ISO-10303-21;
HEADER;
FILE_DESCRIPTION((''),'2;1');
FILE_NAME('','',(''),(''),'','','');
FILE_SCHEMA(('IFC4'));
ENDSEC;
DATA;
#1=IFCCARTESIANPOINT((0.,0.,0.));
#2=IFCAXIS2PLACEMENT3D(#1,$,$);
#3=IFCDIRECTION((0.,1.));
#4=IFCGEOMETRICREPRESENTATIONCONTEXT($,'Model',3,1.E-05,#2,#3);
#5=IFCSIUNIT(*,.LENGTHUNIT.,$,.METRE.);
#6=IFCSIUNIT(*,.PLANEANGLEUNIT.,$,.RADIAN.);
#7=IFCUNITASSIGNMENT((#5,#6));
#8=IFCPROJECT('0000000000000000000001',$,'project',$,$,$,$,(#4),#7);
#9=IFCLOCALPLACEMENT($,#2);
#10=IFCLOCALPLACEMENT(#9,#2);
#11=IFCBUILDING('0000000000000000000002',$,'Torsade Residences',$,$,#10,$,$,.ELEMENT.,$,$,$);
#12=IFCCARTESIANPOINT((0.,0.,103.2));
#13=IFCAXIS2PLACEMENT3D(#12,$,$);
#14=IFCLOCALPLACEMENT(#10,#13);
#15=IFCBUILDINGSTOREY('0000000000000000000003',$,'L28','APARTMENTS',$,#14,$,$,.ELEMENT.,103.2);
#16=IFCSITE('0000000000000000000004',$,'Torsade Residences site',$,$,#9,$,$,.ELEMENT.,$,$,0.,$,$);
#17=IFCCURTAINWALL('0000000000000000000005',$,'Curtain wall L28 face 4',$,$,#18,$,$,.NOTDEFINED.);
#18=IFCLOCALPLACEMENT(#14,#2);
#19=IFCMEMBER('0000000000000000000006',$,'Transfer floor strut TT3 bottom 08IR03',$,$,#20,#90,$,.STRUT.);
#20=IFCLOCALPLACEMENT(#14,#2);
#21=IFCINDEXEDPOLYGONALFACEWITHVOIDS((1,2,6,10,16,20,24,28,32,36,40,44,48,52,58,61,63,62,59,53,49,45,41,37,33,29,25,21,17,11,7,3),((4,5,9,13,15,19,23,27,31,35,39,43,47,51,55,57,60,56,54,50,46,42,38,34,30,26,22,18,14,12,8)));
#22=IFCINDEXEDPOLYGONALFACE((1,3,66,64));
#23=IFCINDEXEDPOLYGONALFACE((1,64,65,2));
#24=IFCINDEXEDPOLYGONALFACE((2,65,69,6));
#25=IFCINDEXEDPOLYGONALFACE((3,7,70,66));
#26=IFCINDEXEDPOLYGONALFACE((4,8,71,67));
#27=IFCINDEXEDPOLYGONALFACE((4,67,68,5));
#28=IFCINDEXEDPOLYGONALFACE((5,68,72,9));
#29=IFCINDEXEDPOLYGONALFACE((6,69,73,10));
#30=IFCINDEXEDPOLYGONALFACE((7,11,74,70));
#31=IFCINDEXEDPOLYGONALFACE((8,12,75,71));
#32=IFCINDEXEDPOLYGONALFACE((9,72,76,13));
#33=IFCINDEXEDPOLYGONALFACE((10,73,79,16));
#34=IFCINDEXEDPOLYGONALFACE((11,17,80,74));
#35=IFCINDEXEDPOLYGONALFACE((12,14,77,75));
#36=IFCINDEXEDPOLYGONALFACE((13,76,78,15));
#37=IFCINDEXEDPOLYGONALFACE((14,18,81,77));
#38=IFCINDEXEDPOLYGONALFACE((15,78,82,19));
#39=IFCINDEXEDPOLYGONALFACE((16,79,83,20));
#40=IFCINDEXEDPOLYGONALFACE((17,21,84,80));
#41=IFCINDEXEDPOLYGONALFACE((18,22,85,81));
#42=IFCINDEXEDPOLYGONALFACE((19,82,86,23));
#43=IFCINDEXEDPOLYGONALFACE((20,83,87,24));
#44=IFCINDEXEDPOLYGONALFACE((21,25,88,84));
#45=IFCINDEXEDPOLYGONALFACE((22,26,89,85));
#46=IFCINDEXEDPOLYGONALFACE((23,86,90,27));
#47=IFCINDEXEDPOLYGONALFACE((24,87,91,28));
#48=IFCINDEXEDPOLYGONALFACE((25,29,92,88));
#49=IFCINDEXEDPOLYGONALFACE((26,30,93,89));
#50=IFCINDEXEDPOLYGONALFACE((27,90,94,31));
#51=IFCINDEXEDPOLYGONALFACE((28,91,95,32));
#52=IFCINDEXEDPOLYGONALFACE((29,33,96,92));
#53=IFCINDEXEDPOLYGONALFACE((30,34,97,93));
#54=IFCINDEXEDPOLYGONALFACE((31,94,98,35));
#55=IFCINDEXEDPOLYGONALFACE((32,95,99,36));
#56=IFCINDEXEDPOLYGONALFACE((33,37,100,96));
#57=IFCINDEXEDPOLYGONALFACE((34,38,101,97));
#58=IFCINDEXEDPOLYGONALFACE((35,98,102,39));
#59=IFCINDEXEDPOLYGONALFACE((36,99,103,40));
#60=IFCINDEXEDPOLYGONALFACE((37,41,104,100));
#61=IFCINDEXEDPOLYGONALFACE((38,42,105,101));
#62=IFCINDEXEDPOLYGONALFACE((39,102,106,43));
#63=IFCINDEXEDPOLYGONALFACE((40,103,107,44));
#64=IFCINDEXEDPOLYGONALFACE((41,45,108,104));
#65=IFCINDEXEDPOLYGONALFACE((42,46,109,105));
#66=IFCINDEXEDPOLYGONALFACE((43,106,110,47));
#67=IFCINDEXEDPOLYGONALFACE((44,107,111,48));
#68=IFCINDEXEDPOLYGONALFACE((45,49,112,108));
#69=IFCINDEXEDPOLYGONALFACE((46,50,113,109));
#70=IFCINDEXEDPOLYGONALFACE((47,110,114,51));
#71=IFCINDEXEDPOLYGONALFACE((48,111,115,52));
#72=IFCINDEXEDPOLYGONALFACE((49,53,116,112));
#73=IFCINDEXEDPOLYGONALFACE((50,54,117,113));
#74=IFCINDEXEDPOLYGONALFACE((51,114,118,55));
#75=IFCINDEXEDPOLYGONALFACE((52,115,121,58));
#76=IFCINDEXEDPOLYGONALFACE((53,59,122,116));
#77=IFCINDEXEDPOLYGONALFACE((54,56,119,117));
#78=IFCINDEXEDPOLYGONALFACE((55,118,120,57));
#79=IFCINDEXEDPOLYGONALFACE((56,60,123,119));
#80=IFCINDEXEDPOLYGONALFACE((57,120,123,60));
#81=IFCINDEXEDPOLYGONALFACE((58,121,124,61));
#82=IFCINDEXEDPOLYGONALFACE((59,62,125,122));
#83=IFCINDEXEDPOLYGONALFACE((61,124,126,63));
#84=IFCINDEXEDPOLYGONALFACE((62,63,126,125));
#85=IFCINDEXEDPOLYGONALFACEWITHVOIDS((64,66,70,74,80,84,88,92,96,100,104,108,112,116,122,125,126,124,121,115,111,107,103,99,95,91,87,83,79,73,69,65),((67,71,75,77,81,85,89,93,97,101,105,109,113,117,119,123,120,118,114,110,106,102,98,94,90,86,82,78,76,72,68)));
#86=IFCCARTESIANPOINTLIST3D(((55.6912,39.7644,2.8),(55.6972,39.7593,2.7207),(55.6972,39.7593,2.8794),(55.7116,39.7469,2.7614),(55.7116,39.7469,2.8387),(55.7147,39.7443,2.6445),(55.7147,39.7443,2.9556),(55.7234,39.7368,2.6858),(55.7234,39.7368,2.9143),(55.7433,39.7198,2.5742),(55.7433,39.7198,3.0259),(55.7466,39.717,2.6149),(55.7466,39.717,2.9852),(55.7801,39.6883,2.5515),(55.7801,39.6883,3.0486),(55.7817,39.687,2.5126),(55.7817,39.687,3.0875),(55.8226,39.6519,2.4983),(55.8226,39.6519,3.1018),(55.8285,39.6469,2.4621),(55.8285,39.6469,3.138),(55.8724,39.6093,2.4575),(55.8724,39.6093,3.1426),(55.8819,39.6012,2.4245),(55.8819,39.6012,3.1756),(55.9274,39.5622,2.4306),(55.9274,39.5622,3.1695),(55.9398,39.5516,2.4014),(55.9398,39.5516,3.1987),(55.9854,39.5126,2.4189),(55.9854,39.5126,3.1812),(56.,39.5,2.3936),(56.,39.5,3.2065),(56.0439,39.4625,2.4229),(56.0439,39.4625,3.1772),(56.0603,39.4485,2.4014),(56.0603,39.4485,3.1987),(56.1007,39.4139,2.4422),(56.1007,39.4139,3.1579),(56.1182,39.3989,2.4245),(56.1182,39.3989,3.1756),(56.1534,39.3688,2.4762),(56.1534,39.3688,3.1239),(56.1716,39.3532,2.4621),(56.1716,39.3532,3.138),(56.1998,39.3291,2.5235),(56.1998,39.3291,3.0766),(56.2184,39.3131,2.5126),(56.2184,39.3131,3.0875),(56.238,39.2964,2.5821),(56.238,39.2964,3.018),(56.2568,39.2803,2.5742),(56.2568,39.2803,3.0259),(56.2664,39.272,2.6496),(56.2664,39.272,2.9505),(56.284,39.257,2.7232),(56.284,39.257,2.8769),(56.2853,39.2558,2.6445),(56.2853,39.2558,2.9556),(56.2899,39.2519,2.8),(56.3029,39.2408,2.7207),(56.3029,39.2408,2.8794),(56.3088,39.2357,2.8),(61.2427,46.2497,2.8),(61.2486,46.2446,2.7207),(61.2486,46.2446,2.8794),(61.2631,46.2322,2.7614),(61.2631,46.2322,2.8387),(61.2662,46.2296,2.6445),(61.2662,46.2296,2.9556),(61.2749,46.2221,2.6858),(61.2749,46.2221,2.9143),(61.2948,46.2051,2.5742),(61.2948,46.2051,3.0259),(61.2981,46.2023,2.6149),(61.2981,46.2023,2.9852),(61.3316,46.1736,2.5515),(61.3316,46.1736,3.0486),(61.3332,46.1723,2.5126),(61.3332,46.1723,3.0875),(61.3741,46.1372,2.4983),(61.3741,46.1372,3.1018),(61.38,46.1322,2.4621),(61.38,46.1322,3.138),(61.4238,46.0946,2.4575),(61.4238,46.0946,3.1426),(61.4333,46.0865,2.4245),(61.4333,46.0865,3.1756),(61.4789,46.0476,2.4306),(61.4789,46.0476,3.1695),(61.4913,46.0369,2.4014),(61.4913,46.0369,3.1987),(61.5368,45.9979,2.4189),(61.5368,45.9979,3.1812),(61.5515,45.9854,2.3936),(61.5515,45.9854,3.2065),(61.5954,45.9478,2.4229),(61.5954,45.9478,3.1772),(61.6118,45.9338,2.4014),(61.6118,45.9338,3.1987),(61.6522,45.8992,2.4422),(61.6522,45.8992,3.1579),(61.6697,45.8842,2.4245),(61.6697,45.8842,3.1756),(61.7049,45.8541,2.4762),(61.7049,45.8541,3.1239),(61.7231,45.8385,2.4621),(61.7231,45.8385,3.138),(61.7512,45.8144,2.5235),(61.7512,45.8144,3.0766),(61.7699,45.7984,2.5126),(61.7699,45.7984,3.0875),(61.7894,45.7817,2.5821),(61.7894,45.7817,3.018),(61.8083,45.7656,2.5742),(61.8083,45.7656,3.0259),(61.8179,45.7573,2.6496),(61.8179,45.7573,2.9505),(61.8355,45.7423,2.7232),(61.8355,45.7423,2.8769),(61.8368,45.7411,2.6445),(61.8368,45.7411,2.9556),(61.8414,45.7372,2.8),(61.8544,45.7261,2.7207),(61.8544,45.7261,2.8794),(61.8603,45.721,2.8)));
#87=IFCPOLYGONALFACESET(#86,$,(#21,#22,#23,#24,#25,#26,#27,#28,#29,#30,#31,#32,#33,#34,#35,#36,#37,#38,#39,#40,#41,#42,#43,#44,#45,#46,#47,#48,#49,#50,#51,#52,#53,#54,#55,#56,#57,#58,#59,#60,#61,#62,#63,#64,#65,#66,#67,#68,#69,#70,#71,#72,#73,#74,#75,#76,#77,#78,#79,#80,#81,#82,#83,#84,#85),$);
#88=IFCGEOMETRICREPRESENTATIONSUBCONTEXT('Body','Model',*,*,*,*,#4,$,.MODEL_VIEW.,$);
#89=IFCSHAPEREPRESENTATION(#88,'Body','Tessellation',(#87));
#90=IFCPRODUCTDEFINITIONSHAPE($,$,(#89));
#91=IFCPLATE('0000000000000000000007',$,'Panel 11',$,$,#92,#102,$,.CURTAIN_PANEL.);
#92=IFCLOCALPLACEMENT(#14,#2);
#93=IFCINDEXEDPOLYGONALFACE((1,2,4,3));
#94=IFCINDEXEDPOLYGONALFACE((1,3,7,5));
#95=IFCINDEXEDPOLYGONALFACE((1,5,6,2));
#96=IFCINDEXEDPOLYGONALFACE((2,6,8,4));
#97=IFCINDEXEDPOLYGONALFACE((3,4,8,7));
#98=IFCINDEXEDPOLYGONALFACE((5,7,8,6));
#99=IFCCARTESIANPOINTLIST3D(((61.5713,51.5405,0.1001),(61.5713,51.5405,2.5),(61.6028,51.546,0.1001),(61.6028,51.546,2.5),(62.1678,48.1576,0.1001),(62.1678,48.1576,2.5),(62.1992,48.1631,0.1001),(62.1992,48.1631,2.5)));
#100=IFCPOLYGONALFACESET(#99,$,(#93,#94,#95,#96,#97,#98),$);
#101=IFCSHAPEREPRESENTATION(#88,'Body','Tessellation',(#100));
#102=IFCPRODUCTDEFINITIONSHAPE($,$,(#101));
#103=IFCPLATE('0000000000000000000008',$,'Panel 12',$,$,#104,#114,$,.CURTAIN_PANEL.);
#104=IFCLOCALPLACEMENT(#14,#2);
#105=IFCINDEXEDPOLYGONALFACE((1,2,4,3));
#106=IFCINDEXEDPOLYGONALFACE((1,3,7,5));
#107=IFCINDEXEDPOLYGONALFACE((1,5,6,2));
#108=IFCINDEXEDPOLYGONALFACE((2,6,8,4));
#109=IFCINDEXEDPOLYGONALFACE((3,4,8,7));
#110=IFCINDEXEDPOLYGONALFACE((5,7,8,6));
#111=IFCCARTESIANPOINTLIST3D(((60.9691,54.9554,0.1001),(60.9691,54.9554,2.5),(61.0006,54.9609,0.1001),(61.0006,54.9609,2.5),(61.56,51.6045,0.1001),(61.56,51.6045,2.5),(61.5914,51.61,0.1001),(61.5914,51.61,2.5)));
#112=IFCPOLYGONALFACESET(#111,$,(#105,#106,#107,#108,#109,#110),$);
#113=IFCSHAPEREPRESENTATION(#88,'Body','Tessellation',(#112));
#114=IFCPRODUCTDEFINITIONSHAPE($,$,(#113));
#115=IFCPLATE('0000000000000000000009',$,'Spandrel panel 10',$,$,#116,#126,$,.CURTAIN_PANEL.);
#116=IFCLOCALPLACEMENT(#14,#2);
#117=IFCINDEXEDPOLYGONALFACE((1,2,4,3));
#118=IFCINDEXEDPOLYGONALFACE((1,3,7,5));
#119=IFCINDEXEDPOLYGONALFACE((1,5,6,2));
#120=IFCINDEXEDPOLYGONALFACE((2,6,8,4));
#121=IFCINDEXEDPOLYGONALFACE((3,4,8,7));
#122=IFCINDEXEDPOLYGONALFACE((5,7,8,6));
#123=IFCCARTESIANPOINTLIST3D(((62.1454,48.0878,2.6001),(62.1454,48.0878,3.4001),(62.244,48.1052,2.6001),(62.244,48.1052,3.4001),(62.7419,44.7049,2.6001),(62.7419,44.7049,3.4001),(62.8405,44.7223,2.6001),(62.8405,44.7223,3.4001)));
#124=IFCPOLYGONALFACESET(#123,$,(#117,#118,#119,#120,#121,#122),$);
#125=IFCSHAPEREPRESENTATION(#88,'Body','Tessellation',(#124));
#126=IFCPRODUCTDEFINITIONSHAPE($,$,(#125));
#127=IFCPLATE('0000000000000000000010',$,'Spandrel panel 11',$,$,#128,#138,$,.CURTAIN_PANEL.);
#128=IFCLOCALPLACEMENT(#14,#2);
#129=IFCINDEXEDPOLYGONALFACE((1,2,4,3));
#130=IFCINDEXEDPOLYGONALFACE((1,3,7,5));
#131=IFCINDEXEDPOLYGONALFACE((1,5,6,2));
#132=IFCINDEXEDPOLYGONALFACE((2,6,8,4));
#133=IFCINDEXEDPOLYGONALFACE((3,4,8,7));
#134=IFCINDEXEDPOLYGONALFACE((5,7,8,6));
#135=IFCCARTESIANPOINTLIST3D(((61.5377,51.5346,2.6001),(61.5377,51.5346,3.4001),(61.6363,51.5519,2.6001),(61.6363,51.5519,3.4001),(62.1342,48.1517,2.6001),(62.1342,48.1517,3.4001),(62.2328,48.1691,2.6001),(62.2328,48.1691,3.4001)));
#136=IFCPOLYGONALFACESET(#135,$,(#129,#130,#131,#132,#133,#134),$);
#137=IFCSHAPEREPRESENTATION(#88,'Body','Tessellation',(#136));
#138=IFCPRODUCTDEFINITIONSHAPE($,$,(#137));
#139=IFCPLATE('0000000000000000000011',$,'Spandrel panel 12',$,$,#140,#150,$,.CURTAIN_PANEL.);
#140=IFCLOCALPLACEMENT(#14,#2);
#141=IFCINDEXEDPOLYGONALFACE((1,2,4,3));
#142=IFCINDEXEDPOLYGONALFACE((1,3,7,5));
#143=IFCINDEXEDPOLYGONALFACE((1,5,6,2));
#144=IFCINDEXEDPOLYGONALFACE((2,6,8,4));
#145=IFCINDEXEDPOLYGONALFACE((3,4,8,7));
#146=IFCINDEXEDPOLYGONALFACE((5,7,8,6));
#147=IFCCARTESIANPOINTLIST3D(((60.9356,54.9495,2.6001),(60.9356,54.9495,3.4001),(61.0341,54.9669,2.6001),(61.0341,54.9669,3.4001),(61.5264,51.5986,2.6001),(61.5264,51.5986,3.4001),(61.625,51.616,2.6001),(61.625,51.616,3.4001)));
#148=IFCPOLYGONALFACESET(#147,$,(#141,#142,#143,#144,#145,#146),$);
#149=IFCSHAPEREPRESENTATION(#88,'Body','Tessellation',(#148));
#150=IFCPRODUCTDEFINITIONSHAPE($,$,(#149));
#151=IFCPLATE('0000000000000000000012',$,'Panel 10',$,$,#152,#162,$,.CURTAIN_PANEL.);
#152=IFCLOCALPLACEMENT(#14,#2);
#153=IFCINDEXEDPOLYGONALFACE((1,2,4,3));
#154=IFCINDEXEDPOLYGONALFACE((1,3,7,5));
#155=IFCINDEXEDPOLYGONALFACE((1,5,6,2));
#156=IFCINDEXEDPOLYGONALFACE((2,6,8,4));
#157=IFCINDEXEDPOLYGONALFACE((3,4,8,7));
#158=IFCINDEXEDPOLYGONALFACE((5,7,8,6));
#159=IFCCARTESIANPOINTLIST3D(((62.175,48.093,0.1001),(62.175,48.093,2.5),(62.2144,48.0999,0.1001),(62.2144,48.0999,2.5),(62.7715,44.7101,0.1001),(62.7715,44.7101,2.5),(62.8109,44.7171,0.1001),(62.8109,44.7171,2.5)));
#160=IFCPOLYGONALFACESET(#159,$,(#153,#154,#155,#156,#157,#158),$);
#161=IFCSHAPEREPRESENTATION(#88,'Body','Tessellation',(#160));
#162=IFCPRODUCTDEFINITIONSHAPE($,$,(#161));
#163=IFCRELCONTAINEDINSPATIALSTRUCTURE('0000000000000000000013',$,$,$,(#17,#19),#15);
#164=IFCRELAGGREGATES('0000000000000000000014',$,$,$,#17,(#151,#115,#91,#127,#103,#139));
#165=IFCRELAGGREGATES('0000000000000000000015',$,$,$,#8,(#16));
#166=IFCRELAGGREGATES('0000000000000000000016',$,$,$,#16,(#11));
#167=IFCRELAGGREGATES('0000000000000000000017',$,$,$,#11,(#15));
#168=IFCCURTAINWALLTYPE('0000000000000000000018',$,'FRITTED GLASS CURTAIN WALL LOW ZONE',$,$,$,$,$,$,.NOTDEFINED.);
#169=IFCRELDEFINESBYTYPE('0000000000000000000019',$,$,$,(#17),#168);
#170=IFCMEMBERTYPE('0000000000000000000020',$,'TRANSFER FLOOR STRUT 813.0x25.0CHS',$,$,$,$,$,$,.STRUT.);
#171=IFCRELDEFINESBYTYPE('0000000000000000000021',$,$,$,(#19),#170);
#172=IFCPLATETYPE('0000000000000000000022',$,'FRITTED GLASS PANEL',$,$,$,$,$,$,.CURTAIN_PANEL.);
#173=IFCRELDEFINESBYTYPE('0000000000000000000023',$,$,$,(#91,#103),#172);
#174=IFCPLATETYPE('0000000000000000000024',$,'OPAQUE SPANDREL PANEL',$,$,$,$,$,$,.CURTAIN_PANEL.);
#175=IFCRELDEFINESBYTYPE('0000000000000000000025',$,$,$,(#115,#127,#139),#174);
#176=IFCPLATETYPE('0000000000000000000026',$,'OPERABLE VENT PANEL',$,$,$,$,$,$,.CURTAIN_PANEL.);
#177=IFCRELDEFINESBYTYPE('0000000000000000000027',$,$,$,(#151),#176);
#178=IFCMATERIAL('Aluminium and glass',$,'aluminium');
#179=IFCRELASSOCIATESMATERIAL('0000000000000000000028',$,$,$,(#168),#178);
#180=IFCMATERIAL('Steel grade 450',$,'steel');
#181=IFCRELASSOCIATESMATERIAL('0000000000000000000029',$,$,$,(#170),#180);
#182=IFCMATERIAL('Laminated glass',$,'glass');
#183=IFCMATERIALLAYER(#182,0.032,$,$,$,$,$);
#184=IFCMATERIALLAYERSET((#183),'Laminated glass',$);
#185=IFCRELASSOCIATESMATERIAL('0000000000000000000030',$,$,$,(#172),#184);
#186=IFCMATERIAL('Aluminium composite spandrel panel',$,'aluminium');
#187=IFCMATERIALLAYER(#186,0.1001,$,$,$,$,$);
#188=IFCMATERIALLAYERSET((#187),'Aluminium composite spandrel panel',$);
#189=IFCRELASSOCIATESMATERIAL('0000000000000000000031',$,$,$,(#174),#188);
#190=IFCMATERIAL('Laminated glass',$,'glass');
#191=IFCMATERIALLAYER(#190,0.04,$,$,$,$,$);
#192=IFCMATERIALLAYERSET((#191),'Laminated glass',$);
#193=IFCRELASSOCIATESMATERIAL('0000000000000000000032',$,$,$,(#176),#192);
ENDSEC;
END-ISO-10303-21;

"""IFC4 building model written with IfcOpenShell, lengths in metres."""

from ifc_helpers import new_model, si_unit, direction, frame, origin, origin_2d, place, context, subcontext, project, spatial, rectangle, hollow_circle, extrude, material, layer, layer_set, material_profile, profile_set, type_object, element, aggregate, save


model = new_model("IFC4")

# Units and contexts
model_context = context("Model", 3, precision=1e-05, world=origin(), true_north=direction((0.0, 1.0)))
body_context = subcontext(model_context, "Body", "Model", "MODEL_VIEW")
ifc_project = project(units=[si_unit("LENGTHUNIT", "METRE"), si_unit("PLANEANGLEUNIT", "RADIAN")], contexts=[model_context])

# Site, building, storey
site_placement = place(None, origin())
site = spatial("IfcSite", under=ifc_project, at=site_placement, Name="Torsade Residences site", CompositionType="ELEMENT", RefElevation=0.0)
building_placement = place(site_placement, origin())
building = spatial("IfcBuilding", under=site, at=building_placement, Name="Torsade Residences", CompositionType="ELEMENT")
storey_placement = place(building_placement, frame((0.0, 0.0, 103.2)))
storey = spatial("IfcBuildingStorey", under=building, at=storey_placement, Name="L28", Description="APARTMENTS", CompositionType="ELEMENT", Elevation=103.2)

# Curtain wall
ifc_material_1 = material(Name="Aluminium and glass", Category="aluminium")
curtain_wall_type = type_object("IfcCurtainWallType", Name="FRITTED GLASS CURTAIN WALL LOW ZONE", PredefinedType="NOTDEFINED", material=ifc_material_1)
curtain_wall_placement = place(storey_placement, origin())
curtain_wall = element("IfcCurtainWall", 1, at=curtain_wall_placement, inside=storey, type_object=curtain_wall_type, Name="Curtain wall L28 face 4", PredefinedType="NOTDEFINED")

# Member
ifc_material_2 = material(Name="Steel grade 450", Category="steel")
ifc_material_profile_1 = material_profile(ifc_material_2, hollow_circle(Radius=0.4065, WallThickness=0.0249, at=origin_2d()), Name="813.0x25.0CHS")
ifc_profile_set_1 = profile_set([ifc_material_profile_1], Name="Steel grade 450")
member_type_1 = type_object("IfcMemberType", Name="TRANSFER FLOOR STRUT 813.0x25.0CHS", PredefinedType="STRUT", material=ifc_profile_set_1)
member_1_placement = place(storey_placement, frame((61.5515, 45.9854, 2.8), z_axis=(-0.650294, -0.759682, 0.0), x_axis=(0.759682, -0.650294, 0.0)))
element("IfcMember", 2, at=member_1_placement, inside=storey, type_object=member_type_1, Name="Transfer floor strut TT3 bottom 08IR03", PredefinedType="STRUT", context=body_context, shape_type="SweptSolid", body=[
    extrude(hollow_circle(Radius=0.4065, WallThickness=0.0249, at=origin_2d()), origin(), (0.0, 0.0, 1.0), 8.5369),
])

# Plates
ifc_material_3 = material(Name="Laminated glass", Category="glass")
ifc_layer_1 = layer(ifc_material_3, 0.032)
ifc_layer_set_1 = layer_set([ifc_layer_1], Name="Laminated glass")
plate_type_1 = type_object("IfcPlateType", Name="FRITTED GLASS PANEL", PredefinedType="CURTAIN_PANEL", material=ifc_layer_set_1)
plate_1_placement = place(storey_placement, frame((61.8853, 49.8518, 0.1001), z_axis=(0.0, 0.0, 1.0), x_axis=(-0.173648, 0.984808, 0.0)))
plate_1 = element("IfcPlate", 3, at=plate_1_placement, type_object=plate_type_1, Name="Panel 11", PredefinedType="CURTAIN_PANEL", context=body_context, shape_type="SweptSolid", body=[
    extrude(rectangle(XDim=3.4351, YDim=0.032, at=origin_2d()), origin(), (0.0, 0.0, 1.0), 2.3999),
])
plate_2_placement = place(storey_placement, frame((61.2803, 53.2827, 0.1001), z_axis=(0.0, 0.0, 1.0), x_axis=(-0.173648, 0.984808, 0.0)))
plate_2 = element("IfcPlate", 4, at=plate_2_placement, type_object=plate_type_1, Name="Panel 12", PredefinedType="CURTAIN_PANEL", context=body_context, shape_type="SweptSolid", body=[
    extrude(rectangle(XDim=3.4026, YDim=0.032, at=origin_2d()), origin(), (0.0, 0.0, 1.0), 2.3999),
])
ifc_material_4 = material(Name="Aluminium composite spandrel panel", Category="aluminium")
ifc_layer_2 = layer(ifc_material_4, 0.1001)
ifc_layer_set_2 = layer_set([ifc_layer_2], Name="Aluminium composite spandrel panel")
plate_type_2 = type_object("IfcPlateType", Name="OPAQUE SPANDREL PANEL", PredefinedType="CURTAIN_PANEL", material=ifc_layer_set_2)
plate_3_placement = place(storey_placement, frame((62.4929, 46.405, 2.6001), z_axis=(0.0, 0.0, 1.0), x_axis=(-0.173648, 0.984808, 0.0)))
plate_3 = element("IfcPlate", 5, at=plate_3_placement, type_object=plate_type_2, Name="Spandrel panel 10", PredefinedType="CURTAIN_PANEL", context=body_context, shape_type="SweptSolid", body=[
    extrude(rectangle(XDim=3.4351, YDim=0.1001, at=origin_2d()), origin(), (0.0, 0.0, 1.0), 0.8),
])
plate_4_placement = place(storey_placement, frame((61.8853, 49.8518, 2.6001), z_axis=(0.0, 0.0, 1.0), x_axis=(-0.173648, 0.984808, 0.0)))
plate_4 = element("IfcPlate", 6, at=plate_4_placement, type_object=plate_type_2, Name="Spandrel panel 11", PredefinedType="CURTAIN_PANEL", context=body_context, shape_type="SweptSolid", body=[
    extrude(rectangle(XDim=3.4351, YDim=0.1001, at=origin_2d()), origin(), (0.0, 0.0, 1.0), 0.8),
])
plate_5_placement = place(storey_placement, frame((61.2803, 53.2827, 2.6001), z_axis=(0.0, 0.0, 1.0), x_axis=(-0.173648, 0.984808, 0.0)))
plate_5 = element("IfcPlate", 7, at=plate_5_placement, type_object=plate_type_2, Name="Spandrel panel 12", PredefinedType="CURTAIN_PANEL", context=body_context, shape_type="SweptSolid", body=[
    extrude(rectangle(XDim=3.4026, YDim=0.1001, at=origin_2d()), origin(), (0.0, 0.0, 1.0), 0.8),
])
ifc_material_5 = material(Name="Laminated glass", Category="glass")
ifc_layer_3 = layer(ifc_material_5, 0.04)
ifc_layer_set_3 = layer_set([ifc_layer_3], Name="Laminated glass")
plate_type_3 = type_object("IfcPlateType", Name="OPERABLE VENT PANEL", PredefinedType="CURTAIN_PANEL", material=ifc_layer_set_3)
plate_6_placement = place(storey_placement, frame((62.4929, 46.405, 0.1001), z_axis=(0.0, 0.0, 1.0), x_axis=(-0.173648, 0.984808, 0.0)))
plate_6 = element("IfcPlate", 8, at=plate_6_placement, type_object=plate_type_3, Name="Panel 10", PredefinedType="CURTAIN_PANEL", context=body_context, shape_type="SweptSolid", body=[
    extrude(rectangle(XDim=3.4351, YDim=0.04, at=origin_2d()), origin(), (0.0, 0.0, 1.0), 2.3999),
])
aggregate(curtain_wall, [plate_6, plate_3, plate_1, plate_4, plate_2, plate_5])

save(model, "model.ifc")
